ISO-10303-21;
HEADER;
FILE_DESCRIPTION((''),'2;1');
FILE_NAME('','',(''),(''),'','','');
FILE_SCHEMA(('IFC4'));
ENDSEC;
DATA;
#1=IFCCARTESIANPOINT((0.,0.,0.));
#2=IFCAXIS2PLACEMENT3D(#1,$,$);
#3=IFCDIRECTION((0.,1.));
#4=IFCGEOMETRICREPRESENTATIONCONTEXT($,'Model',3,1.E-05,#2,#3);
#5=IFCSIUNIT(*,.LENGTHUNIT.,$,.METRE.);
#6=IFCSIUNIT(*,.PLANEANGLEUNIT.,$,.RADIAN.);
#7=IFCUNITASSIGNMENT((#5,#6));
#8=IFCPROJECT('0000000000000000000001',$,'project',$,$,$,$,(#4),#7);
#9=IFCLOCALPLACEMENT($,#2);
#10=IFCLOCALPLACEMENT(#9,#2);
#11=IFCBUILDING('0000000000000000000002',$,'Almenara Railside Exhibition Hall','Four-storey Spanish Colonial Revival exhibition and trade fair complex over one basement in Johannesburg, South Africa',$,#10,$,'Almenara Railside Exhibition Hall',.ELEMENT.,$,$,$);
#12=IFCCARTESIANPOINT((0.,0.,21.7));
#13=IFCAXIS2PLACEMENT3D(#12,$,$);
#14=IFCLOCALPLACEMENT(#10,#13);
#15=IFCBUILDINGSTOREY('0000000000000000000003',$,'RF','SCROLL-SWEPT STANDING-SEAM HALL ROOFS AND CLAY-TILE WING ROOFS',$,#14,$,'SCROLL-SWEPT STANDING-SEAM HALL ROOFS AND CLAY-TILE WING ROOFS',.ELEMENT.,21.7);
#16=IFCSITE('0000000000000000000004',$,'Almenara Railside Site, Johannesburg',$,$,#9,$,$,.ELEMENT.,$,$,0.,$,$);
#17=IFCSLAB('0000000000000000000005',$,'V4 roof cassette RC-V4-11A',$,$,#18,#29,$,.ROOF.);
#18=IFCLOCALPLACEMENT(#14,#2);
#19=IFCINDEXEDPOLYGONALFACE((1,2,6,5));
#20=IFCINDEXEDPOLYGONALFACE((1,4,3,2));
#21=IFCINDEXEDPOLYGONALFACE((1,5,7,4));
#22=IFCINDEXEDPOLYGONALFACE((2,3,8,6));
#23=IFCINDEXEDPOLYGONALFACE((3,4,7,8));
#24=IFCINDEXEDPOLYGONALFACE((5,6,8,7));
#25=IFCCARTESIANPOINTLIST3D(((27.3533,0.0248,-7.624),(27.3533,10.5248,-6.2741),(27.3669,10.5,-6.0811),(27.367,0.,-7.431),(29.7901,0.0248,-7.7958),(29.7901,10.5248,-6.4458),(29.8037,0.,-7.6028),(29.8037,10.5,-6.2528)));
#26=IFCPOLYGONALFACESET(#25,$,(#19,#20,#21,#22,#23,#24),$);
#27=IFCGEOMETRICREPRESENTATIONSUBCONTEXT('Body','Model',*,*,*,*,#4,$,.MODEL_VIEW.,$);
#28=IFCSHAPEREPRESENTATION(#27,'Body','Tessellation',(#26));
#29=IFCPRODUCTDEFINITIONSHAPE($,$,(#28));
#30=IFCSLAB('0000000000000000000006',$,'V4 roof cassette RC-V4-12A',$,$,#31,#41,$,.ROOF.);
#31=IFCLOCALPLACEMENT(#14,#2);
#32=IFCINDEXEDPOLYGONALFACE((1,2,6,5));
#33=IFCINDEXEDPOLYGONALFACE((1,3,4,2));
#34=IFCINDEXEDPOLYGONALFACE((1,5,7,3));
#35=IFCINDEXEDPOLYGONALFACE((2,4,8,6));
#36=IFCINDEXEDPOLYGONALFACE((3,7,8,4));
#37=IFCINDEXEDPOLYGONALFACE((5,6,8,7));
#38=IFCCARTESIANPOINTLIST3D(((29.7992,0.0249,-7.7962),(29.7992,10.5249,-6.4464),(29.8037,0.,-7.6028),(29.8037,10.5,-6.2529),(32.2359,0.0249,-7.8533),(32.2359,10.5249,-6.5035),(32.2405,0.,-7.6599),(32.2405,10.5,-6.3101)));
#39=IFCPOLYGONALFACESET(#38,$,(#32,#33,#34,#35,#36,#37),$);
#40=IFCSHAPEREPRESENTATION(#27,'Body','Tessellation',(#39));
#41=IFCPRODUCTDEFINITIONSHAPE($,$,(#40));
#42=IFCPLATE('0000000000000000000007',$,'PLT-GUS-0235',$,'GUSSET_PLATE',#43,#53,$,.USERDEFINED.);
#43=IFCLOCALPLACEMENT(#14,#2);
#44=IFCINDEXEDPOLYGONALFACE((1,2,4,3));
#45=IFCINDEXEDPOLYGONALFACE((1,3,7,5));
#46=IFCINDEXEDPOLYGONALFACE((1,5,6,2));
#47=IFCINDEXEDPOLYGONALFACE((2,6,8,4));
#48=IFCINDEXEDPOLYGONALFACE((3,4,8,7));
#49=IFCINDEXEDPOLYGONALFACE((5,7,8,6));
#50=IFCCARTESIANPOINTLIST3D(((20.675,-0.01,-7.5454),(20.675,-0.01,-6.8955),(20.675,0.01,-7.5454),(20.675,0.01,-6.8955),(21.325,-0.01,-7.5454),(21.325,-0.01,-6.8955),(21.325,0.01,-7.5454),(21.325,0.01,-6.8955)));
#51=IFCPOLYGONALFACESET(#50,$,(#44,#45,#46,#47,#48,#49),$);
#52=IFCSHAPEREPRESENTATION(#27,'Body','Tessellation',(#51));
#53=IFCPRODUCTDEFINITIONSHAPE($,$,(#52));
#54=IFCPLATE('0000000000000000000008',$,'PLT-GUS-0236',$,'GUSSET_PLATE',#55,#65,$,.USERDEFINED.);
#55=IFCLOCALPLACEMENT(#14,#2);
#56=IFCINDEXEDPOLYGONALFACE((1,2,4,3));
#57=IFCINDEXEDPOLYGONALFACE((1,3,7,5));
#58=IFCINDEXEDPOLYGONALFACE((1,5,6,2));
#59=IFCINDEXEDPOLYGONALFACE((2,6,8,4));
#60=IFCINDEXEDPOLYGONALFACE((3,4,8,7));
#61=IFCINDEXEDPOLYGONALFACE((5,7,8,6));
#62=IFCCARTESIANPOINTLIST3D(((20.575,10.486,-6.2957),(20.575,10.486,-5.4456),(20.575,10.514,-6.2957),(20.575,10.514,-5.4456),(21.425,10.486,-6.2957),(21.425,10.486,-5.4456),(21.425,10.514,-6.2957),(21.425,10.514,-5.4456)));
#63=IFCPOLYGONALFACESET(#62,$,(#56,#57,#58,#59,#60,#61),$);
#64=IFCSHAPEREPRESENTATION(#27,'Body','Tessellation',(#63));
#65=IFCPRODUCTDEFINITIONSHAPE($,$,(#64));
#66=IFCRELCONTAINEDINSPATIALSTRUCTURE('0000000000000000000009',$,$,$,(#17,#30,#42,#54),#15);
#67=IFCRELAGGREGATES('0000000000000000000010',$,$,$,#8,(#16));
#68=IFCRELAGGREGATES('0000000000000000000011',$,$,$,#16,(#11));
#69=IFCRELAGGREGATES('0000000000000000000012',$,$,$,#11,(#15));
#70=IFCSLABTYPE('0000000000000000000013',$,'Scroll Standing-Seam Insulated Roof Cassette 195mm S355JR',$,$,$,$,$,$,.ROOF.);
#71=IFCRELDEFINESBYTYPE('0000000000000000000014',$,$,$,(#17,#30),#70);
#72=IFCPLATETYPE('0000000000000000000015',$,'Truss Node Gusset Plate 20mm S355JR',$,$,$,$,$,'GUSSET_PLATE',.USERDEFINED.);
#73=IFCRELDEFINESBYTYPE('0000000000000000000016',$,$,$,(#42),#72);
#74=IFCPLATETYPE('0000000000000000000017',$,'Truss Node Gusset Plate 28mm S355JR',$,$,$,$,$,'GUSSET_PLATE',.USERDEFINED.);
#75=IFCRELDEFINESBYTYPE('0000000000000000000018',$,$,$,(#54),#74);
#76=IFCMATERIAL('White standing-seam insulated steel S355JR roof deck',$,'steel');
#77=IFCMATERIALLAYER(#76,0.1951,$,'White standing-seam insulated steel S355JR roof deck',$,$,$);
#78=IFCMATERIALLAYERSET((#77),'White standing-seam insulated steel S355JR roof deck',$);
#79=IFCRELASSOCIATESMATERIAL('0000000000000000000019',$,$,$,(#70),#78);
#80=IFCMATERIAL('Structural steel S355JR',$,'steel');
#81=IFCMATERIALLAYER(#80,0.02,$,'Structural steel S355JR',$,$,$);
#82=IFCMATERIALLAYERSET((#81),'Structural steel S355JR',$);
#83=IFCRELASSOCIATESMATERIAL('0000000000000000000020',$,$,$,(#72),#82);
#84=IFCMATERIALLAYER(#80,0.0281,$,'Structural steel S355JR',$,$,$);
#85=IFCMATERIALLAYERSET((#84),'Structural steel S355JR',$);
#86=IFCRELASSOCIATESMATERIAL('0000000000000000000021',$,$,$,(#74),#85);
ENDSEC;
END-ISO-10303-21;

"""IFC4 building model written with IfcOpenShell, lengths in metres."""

from ifc_helpers import new_model, si_unit, direction, frame, origin, origin_2d, place, context, subcontext, project, spatial, polyline, rectangle, outline, extrude, material, layer, layer_set, type_object, element, save


model = new_model("IFC4")

# Units and contexts
model_context = context("Model", 3, precision=1e-05, world=origin(), true_north=direction((0.0, 1.0)))
body_context = subcontext(model_context, "Body", "Model", "MODEL_VIEW")
ifc_project = project(units=[si_unit("LENGTHUNIT", "METRE"), si_unit("PLANEANGLEUNIT", "RADIAN")], contexts=[model_context])

# Site, building, storey
site_placement = place(None, origin())
site = spatial("IfcSite", under=ifc_project, at=site_placement, Name="Almenara Railside Site, Johannesburg", CompositionType="ELEMENT", RefElevation=0.0)
building_placement = place(site_placement, origin())
building = spatial("IfcBuilding", under=site, at=building_placement, Name="Almenara Railside Exhibition Hall", Description="Four-storey Spanish Colonial Revival exhibition and trade fair complex over one basement in Johannesburg, South Africa", LongName="Almenara Railside Exhibition Hall", CompositionType="ELEMENT")
storey_placement = place(building_placement, frame((0.0, 0.0, 21.7)))
storey = spatial("IfcBuildingStorey", under=building, at=storey_placement, Name="RF", Description="SCROLL-SWEPT STANDING-SEAM HALL ROOFS AND CLAY-TILE WING ROOFS", LongName="SCROLL-SWEPT STANDING-SEAM HALL ROOFS AND CLAY-TILE WING ROOFS", CompositionType="ELEMENT", Elevation=21.7)

# Shared definitions
ifc_material_1 = material(Name="Structural steel S355JR", Category="steel")

# Slabs
ifc_material_2 = material(Name="White standing-seam insulated steel S355JR roof deck", Category="steel")
ifc_layer_1 = layer(ifc_material_2, 0.1951, Name="White standing-seam insulated steel S355JR roof deck")
ifc_layer_set_1 = layer_set([ifc_layer_1], Name="White standing-seam insulated steel S355JR roof deck")
slab_type = type_object("IfcSlabType", Name="Scroll Standing-Seam Insulated Roof Cassette 195mm S355JR", PredefinedType="ROOF", material=ifc_layer_set_1)
slab_1_placement = place(storey_placement, frame((27.3669, 10.5, -6.0811), z_axis=(0.069738, -0.127209, 0.989421), x_axis=(0.997525, -0.000006, -0.07031)))
element("IfcSlab", 1, at=slab_1_placement, inside=storey, type_object=slab_type, Name="V4 roof cassette RC-V4-11A", PredefinedType="ROOF", context=body_context, shape_type="SweptSolid", body=[
    extrude(outline(polyline([(0.0, 0.0), (2.4428, 0.0), (2.5378, -10.586), (0.095, -10.586), (0.0, 0.0)])), origin(), (0.0, 0.0, -1.0), 0.1951),
])
slab_2_placement = place(storey_placement, frame((29.8037, 10.5, -6.2529), z_axis=(0.023247, -0.127474, 0.991569), x_axis=(0.999725, 0.0, -0.023438)))
element("IfcSlab", 2, at=slab_2_placement, inside=storey, type_object=slab_type, Name="V4 roof cassette RC-V4-12A", PredefinedType="ROOF", context=body_context, shape_type="SweptSolid", body=[
    extrude(outline(polyline([(0.0, 0.0), (2.4374, 0.0), (2.4691, -10.5864), (0.0316, -10.5864), (0.0, 0.0)])), origin(), (0.0, 0.0, -1.0), 0.1951),
])

# Plates
ifc_layer_2 = layer(ifc_material_1, 0.02, Name="Structural steel S355JR")
ifc_layer_set_2 = layer_set([ifc_layer_2], Name="Structural steel S355JR")
plate_type_1 = type_object("IfcPlateType", Name="Truss Node Gusset Plate 20mm S355JR", ElementType="GUSSET_PLATE", PredefinedType="USERDEFINED", material=ifc_layer_set_2)
plate_1_placement = place(storey_placement, frame((21.0, 0.0, -7.5454), z_axis=(0.0, 0.0, 1.0), x_axis=(1.0, 0.0, 0.0)))
element("IfcPlate", 3, at=plate_1_placement, inside=storey, type_object=plate_type_1, Name="PLT-GUS-0235", ObjectType="GUSSET_PLATE", PredefinedType="USERDEFINED", context=body_context, shape_type="SweptSolid", body=[
    extrude(rectangle(XDim=0.6499, YDim=0.02, at=origin_2d()), origin(), (0.0, 0.0, 1.0), 0.6499),
])
ifc_layer_3 = layer(ifc_material_1, 0.0281, Name="Structural steel S355JR")
ifc_layer_set_3 = layer_set([ifc_layer_3], Name="Structural steel S355JR")
plate_type_2 = type_object("IfcPlateType", Name="Truss Node Gusset Plate 28mm S355JR", ElementType="GUSSET_PLATE", PredefinedType="USERDEFINED", material=ifc_layer_set_3)
plate_2_placement = place(storey_placement, frame((21.0, 10.5, -6.2957), z_axis=(0.0, 0.0, 1.0), x_axis=(1.0, 0.0, 0.0)))
element("IfcPlate", 4, at=plate_2_placement, inside=storey, type_object=plate_type_2, Name="PLT-GUS-0236", ObjectType="GUSSET_PLATE", PredefinedType="USERDEFINED", context=body_context, shape_type="SweptSolid", body=[
    extrude(rectangle(XDim=0.8501, YDim=0.0281, at=origin_2d()), origin(), (0.0, 0.0, 1.0), 0.8501),
])

save(model, "model.ifc")
